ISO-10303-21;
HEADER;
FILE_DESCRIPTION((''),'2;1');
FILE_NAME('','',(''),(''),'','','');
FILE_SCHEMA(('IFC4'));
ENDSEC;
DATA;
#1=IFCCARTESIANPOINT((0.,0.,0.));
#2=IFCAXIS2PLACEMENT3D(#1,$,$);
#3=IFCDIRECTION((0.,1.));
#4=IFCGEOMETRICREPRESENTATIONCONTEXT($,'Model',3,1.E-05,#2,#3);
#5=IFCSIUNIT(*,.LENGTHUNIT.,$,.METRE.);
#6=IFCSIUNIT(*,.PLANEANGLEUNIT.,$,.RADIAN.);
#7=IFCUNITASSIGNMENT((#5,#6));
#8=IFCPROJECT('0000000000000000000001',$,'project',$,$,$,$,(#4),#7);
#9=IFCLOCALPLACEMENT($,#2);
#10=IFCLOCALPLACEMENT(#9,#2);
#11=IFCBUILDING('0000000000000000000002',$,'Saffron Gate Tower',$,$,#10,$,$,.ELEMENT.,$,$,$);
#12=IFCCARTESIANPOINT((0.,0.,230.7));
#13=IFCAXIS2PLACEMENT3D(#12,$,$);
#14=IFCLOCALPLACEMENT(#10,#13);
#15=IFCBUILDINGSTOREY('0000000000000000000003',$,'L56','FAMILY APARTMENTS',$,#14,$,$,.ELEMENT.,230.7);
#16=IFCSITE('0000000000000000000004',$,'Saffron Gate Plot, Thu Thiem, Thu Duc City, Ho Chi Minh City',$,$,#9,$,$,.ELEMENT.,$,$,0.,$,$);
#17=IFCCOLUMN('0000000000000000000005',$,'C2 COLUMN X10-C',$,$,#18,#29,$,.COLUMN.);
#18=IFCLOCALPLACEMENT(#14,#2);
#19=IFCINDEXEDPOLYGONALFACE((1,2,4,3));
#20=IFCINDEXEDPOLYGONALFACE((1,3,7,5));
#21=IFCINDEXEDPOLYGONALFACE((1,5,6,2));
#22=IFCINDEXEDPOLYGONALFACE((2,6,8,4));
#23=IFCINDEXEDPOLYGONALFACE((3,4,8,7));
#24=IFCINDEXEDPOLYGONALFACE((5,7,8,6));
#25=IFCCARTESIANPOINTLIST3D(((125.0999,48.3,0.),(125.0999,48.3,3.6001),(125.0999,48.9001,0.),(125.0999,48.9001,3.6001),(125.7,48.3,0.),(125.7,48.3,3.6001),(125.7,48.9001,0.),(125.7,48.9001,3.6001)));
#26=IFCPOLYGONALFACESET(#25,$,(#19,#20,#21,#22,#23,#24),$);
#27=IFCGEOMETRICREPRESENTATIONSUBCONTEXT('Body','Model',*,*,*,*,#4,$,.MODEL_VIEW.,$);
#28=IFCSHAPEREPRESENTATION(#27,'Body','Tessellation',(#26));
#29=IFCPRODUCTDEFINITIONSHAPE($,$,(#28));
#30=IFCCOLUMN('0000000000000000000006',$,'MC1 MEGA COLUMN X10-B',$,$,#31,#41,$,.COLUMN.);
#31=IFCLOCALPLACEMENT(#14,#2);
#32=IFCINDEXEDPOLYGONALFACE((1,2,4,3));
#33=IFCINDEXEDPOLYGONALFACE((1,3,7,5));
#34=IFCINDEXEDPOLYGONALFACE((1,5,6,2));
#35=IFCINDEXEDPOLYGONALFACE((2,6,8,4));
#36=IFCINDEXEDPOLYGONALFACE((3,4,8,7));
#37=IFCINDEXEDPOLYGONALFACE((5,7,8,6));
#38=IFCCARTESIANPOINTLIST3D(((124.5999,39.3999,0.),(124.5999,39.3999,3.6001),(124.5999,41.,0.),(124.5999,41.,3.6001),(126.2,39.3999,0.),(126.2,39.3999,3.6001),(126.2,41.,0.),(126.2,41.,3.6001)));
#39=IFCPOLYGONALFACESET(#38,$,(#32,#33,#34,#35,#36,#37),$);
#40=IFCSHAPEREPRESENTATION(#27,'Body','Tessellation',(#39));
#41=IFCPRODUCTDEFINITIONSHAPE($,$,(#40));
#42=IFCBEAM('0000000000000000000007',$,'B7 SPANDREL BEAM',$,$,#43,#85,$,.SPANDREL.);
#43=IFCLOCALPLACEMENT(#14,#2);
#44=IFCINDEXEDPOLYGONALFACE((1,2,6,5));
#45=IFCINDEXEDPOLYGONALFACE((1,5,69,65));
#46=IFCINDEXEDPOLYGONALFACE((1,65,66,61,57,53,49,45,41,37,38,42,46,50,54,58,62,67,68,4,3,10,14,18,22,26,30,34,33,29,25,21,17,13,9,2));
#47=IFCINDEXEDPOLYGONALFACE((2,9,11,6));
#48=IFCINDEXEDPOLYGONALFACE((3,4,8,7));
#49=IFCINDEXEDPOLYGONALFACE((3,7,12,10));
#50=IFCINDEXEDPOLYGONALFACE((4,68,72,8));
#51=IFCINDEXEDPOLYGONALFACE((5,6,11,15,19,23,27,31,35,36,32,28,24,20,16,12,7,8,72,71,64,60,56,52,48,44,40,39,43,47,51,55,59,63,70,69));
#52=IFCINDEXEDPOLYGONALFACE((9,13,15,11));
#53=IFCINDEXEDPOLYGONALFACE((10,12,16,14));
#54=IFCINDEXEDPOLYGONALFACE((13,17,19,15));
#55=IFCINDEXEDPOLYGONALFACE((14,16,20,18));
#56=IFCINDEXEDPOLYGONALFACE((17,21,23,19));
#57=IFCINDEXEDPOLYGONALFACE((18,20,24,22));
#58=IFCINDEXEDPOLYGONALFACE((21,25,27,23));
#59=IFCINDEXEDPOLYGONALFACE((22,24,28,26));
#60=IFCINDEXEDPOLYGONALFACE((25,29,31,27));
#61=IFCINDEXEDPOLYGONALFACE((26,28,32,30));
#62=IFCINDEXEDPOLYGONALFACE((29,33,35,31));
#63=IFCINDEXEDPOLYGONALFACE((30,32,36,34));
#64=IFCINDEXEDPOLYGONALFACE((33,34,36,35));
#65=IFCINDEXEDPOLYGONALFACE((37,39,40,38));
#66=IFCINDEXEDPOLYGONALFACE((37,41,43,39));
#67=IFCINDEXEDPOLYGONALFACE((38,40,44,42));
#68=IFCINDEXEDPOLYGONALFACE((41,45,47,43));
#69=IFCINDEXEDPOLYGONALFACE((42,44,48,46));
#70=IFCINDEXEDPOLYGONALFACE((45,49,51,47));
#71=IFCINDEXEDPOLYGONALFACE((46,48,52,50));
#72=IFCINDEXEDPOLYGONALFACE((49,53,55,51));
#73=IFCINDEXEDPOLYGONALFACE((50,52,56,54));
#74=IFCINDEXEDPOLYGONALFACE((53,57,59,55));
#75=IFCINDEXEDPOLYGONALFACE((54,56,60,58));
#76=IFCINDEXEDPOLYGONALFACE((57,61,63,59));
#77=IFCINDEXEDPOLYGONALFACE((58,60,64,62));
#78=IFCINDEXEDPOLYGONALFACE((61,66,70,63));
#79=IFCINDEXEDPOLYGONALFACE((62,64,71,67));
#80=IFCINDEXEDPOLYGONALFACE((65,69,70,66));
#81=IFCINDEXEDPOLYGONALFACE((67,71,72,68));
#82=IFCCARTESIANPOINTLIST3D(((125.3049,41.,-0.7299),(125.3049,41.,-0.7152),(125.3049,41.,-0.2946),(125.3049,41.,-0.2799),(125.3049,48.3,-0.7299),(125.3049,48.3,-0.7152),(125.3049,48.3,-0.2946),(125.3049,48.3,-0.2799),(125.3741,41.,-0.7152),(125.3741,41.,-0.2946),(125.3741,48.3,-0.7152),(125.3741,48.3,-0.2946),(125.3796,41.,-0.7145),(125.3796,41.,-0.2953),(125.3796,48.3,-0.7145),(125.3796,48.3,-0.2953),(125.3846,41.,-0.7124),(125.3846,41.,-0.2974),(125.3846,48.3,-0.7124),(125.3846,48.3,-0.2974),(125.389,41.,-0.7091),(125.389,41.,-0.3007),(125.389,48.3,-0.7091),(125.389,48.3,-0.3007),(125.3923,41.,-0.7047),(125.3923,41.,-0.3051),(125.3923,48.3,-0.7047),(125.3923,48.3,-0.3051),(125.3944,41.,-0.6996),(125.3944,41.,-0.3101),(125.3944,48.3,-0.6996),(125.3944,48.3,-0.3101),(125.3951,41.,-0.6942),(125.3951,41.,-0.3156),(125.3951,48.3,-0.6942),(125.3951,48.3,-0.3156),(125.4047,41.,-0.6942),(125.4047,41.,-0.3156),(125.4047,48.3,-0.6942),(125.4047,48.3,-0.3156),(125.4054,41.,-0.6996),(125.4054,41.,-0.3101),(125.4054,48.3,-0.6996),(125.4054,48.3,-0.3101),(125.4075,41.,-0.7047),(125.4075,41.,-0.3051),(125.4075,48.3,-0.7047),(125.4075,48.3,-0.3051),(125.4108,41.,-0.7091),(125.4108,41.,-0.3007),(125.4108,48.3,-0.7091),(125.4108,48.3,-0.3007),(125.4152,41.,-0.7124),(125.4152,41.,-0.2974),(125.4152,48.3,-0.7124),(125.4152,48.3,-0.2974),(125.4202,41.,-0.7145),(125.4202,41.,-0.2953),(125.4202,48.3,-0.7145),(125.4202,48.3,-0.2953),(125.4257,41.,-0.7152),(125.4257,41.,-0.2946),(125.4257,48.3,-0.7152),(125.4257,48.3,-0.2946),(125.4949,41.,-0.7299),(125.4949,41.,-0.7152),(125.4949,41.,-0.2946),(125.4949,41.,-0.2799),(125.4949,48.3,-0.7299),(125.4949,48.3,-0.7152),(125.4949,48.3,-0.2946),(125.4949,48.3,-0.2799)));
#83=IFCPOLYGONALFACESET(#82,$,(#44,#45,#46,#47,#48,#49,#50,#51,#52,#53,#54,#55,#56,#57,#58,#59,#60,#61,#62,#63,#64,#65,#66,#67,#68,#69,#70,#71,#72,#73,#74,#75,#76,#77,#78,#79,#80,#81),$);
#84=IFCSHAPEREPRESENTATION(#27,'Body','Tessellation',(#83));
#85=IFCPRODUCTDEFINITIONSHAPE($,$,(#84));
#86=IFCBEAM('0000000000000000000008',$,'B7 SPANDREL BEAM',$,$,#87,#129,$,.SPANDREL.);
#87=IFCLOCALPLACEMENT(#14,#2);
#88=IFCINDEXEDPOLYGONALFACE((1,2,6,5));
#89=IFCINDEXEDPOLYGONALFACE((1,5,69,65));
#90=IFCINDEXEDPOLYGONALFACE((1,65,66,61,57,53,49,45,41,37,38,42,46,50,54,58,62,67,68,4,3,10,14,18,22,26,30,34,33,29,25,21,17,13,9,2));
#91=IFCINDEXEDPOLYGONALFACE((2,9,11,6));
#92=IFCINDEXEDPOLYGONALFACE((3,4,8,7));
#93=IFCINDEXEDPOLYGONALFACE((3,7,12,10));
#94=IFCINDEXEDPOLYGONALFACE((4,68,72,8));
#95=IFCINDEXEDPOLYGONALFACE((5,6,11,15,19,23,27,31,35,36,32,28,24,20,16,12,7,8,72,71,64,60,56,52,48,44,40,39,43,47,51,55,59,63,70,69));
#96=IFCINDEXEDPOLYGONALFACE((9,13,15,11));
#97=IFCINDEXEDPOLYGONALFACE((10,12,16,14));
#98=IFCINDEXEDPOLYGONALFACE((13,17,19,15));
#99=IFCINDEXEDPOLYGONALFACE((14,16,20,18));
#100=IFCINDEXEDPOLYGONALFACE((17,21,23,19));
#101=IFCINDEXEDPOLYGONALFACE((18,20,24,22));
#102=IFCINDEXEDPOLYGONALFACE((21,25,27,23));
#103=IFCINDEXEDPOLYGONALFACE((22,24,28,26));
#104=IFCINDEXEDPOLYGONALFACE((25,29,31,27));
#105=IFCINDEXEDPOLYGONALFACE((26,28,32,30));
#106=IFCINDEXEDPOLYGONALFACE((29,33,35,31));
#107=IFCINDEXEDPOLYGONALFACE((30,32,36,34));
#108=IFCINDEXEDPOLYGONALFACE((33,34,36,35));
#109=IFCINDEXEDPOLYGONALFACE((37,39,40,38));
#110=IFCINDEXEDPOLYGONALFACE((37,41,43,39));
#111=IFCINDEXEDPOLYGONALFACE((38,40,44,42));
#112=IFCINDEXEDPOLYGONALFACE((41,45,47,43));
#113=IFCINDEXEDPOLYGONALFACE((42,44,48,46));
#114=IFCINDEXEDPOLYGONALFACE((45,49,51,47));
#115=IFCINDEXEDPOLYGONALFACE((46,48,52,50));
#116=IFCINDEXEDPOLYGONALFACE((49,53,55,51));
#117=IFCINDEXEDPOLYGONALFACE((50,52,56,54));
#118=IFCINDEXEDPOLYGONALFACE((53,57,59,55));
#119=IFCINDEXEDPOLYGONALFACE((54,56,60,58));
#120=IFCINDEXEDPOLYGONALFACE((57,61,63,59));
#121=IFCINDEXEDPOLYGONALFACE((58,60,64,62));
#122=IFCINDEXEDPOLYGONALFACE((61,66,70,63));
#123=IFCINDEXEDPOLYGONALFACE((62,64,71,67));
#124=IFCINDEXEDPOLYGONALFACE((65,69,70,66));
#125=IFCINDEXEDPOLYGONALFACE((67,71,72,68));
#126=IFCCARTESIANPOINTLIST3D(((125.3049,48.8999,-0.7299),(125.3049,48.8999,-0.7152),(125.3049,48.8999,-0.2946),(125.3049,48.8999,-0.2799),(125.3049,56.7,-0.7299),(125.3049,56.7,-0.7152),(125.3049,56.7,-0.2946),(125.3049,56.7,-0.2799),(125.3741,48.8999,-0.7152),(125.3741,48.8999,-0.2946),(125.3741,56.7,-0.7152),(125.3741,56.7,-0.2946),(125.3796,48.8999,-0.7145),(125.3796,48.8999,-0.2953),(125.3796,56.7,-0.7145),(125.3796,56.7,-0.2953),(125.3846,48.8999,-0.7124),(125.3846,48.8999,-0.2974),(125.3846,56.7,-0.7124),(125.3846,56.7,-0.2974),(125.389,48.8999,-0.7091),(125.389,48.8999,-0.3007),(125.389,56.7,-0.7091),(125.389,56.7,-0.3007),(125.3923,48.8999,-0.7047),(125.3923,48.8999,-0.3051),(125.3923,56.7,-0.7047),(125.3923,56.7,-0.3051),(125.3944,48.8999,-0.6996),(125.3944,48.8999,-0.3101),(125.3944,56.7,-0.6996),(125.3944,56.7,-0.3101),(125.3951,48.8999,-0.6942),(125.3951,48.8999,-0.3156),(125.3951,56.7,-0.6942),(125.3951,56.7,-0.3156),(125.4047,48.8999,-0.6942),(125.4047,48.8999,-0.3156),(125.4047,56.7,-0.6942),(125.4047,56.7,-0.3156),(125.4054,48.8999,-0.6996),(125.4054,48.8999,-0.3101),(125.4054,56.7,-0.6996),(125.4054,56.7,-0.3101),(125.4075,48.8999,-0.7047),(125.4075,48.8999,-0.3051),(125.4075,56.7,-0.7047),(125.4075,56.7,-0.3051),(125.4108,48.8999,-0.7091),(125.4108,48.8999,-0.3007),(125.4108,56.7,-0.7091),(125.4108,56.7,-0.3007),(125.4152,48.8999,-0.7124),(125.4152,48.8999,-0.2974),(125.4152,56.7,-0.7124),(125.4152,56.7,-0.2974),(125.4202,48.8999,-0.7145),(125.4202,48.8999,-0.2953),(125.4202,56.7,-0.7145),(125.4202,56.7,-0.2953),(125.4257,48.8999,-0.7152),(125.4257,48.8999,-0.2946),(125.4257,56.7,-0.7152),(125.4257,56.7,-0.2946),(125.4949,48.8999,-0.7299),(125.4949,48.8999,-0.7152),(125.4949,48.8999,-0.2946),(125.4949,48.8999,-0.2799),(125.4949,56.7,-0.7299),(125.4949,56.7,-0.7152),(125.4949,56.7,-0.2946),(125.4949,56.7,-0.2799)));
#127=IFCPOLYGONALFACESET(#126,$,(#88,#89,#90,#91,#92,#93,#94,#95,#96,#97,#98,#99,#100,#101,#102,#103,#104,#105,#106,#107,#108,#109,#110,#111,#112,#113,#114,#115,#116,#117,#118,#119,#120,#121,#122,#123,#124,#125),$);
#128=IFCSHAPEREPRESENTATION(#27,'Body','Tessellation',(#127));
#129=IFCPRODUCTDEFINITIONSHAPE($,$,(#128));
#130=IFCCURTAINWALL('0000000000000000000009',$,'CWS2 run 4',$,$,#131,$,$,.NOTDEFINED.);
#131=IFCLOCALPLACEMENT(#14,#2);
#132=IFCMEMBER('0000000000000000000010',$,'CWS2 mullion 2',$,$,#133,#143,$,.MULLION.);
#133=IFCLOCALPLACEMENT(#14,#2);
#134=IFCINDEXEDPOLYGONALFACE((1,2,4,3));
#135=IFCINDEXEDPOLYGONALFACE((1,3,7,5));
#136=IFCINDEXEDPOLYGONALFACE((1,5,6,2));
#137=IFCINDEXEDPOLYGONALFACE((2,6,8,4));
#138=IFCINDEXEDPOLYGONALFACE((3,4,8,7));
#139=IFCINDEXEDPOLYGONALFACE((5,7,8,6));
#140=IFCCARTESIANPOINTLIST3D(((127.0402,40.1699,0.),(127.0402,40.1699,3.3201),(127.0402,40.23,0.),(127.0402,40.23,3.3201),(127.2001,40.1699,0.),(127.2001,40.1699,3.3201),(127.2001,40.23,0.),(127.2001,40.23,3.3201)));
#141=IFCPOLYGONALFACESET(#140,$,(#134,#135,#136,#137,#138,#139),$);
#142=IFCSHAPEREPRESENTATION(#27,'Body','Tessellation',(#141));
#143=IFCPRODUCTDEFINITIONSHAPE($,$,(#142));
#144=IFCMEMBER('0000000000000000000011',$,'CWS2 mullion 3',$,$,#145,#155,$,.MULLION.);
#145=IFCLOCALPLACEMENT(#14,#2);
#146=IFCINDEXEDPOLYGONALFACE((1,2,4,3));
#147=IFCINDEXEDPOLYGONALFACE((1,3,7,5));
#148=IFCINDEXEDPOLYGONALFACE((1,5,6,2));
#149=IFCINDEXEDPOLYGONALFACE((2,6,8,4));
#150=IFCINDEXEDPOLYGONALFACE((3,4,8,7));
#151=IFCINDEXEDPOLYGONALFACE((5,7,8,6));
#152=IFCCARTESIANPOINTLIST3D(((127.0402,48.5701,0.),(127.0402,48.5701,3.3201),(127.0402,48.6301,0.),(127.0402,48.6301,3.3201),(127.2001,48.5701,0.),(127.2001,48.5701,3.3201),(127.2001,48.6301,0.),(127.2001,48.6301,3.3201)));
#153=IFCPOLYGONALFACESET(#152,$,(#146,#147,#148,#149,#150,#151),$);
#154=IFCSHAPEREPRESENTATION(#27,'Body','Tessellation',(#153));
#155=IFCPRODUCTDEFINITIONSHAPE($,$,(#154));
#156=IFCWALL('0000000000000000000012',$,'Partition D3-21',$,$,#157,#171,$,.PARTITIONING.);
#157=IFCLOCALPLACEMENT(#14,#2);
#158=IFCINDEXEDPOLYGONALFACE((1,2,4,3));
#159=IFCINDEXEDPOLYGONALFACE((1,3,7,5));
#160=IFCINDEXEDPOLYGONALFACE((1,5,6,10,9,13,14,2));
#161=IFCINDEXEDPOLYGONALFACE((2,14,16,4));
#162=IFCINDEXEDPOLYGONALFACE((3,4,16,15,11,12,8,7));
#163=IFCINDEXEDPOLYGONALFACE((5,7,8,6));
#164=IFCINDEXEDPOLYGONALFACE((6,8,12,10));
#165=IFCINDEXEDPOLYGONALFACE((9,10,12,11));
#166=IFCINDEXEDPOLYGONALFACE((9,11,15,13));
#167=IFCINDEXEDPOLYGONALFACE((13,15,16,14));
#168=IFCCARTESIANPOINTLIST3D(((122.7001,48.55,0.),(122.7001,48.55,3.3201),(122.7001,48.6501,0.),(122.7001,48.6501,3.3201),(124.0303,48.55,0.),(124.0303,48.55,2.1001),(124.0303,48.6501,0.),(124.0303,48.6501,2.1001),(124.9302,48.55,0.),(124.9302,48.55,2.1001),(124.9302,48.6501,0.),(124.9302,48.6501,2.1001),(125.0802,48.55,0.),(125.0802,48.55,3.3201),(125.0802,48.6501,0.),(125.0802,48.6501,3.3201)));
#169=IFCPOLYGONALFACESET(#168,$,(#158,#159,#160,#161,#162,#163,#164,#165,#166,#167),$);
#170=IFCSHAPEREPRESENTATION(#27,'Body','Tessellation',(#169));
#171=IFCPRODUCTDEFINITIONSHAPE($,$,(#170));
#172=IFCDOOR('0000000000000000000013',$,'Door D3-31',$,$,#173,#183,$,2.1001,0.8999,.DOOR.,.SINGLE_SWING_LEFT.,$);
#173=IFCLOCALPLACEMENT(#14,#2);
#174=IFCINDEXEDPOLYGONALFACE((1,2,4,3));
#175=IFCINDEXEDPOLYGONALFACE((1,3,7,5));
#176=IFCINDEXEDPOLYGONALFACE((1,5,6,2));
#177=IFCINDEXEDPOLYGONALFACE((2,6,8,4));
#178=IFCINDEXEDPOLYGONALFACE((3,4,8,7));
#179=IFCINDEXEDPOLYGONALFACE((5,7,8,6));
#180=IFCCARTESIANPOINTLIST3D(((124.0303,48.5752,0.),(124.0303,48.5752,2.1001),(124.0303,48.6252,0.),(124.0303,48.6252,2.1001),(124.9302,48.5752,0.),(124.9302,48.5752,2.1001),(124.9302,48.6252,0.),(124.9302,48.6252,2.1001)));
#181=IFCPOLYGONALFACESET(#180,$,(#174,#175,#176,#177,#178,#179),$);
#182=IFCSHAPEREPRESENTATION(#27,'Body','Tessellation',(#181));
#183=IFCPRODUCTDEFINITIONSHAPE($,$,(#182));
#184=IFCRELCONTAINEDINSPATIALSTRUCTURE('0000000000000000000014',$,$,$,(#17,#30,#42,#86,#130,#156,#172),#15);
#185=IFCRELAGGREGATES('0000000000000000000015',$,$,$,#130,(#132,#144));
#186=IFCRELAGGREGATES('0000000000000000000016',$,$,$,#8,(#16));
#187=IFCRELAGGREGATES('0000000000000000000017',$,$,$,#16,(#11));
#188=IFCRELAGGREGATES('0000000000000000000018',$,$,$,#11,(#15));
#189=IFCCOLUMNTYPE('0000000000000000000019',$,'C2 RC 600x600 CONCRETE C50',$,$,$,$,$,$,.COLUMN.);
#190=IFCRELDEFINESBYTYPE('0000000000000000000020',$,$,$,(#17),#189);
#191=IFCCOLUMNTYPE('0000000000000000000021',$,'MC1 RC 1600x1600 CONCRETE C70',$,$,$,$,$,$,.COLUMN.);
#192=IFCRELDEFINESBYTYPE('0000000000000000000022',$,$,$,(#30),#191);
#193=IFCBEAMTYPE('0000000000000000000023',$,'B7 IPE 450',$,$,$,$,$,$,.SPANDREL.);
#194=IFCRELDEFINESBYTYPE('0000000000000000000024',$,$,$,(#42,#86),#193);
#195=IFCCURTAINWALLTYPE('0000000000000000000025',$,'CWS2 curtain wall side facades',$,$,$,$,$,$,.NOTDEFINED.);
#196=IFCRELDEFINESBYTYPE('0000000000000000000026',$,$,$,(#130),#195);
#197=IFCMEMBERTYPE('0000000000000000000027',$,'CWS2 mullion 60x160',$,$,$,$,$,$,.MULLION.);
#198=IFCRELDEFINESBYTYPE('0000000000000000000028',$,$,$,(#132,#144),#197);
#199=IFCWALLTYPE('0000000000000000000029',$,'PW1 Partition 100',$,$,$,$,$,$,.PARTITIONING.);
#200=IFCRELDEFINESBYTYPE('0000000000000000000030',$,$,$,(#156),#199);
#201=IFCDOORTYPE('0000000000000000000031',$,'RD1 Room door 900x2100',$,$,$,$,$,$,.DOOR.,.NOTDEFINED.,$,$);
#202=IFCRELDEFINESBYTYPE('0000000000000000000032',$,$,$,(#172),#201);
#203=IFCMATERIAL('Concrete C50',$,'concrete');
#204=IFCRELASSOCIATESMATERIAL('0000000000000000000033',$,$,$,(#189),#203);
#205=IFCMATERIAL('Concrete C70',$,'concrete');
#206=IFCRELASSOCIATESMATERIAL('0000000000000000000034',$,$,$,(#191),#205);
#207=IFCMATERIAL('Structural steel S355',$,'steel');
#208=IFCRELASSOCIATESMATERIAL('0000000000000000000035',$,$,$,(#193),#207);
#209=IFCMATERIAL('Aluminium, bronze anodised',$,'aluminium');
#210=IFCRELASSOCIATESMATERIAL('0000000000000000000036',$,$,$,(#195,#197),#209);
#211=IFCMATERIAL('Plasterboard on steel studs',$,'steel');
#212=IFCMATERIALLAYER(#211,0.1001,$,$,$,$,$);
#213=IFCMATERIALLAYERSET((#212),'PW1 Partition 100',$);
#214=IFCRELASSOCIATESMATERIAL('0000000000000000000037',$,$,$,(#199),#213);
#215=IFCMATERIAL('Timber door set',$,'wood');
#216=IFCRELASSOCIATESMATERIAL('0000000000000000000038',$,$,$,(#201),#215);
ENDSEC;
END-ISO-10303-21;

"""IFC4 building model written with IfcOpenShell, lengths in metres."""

from ifc_helpers import new_model, si_unit, direction, frame, frame_2d, origin, origin_2d, place, context, subcontext, project, spatial, rectangle, i_section, extrude, material, layer, layer_set, material_profile, profile_set, type_object, element, fill, aggregate, save


model = new_model("IFC4")

# Units and contexts
model_context = context("Model", 3, precision=1e-05, world=origin(), true_north=direction((0.0, 1.0)))
body_context = subcontext(model_context, "Body", "Model", "MODEL_VIEW")
ifc_project = project(units=[si_unit("LENGTHUNIT", "METRE"), si_unit("PLANEANGLEUNIT", "RADIAN")], contexts=[model_context])

# Site, building, storey
site_placement = place(None, origin())
site = spatial("IfcSite", under=ifc_project, at=site_placement, Name="Saffron Gate Plot, Thu Thiem, Thu Duc City, Ho Chi Minh City", CompositionType="ELEMENT", RefElevation=0.0)
building_placement = place(site_placement, origin())
building = spatial("IfcBuilding", under=site, at=building_placement, Name="Saffron Gate Tower", CompositionType="ELEMENT")
storey_placement = place(building_placement, frame((0.0, 0.0, 230.7)))
storey = spatial("IfcBuildingStorey", under=building, at=storey_placement, Name="L56", Description="FAMILY APARTMENTS", CompositionType="ELEMENT", Elevation=230.7)

# Columns
ifc_material_1 = material(Name="Concrete C50", Category="concrete")
ifc_material_profile_1 = material_profile(ifc_material_1, rectangle(XDim=0.6001, YDim=0.6001, at=origin_2d()))
ifc_profile_set_1 = profile_set([ifc_material_profile_1], Name="Concrete C50")
column_type_1 = type_object("IfcColumnType", Name="C2 RC 600x600 CONCRETE C50", PredefinedType="COLUMN", material=ifc_profile_set_1)
column_1_placement = place(storey_placement, frame((125.3999, 48.6001, 0.0), z_axis=(0.0, 0.0, 1.0), x_axis=(1.0, 0.0, 0.0)))
element("IfcColumn", 1, at=column_1_placement, inside=storey, type_object=column_type_1, Name="C2 COLUMN X10-C", PredefinedType="COLUMN", context=body_context, shape_type="SweptSolid", body=[
    extrude(rectangle(XDim=0.6001, YDim=0.6001, at=origin_2d()), origin(), (0.0, 0.0, 1.0), 3.6001),
])
ifc_material_2 = material(Name="Concrete C70", Category="concrete")
ifc_material_profile_2 = material_profile(ifc_material_2, rectangle(XDim=1.6001, YDim=1.6001, at=origin_2d()))
ifc_profile_set_2 = profile_set([ifc_material_profile_2], Name="Concrete C70")
column_type_2 = type_object("IfcColumnType", Name="MC1 RC 1600x1600 CONCRETE C70", PredefinedType="COLUMN", material=ifc_profile_set_2)
column_2_placement = place(storey_placement, frame((125.3999, 40.2, 0.0), z_axis=(0.0, 0.0, 1.0), x_axis=(1.0, 0.0, 0.0)))
element("IfcColumn", 2, at=column_2_placement, inside=storey, type_object=column_type_2, Name="MC1 MEGA COLUMN X10-B", PredefinedType="COLUMN", context=body_context, shape_type="SweptSolid", body=[
    extrude(rectangle(XDim=1.6001, YDim=1.6001, at=origin_2d()), origin(), (0.0, 0.0, 1.0), 3.6001),
])

# Beams
ifc_material_3 = material(Name="Structural steel S355", Category="steel")
ifc_material_profile_3 = material_profile(ifc_material_3, i_section(OverallWidth=0.1899, OverallDepth=0.45, WebThickness=0.0095, FlangeThickness=0.0146, FilletRadius=0.021, at=origin_2d()))
ifc_profile_set_3 = profile_set([ifc_material_profile_3], Name="Structural steel S355")
beam_type = type_object("IfcBeamType", Name="B7 IPE 450", PredefinedType="SPANDREL", material=ifc_profile_set_3)
beam_1_placement = place(storey_placement, frame((125.3999, 41.0, -0.5049), z_axis=(0.0, 1.0, 0.0), x_axis=(-1.0, 0.0, 0.0)))
element("IfcBeam", 3, at=beam_1_placement, inside=storey, type_object=beam_type, Name="B7 SPANDREL BEAM", PredefinedType="SPANDREL", context=body_context, shape_type="SweptSolid", body=[
    extrude(i_section(OverallWidth=0.1899, OverallDepth=0.45, WebThickness=0.0095, FlangeThickness=0.0146, FilletRadius=0.021, at=origin_2d()), origin(), (0.0, 0.0, 1.0), 7.3),
])
beam_2_placement = place(storey_placement, frame((125.3999, 48.8999, -0.5049), z_axis=(0.0, 1.0, 0.0), x_axis=(-1.0, 0.0, 0.0)))
element("IfcBeam", 4, at=beam_2_placement, inside=storey, type_object=beam_type, Name="B7 SPANDREL BEAM", PredefinedType="SPANDREL", context=body_context, shape_type="SweptSolid", body=[
    extrude(i_section(OverallWidth=0.1899, OverallDepth=0.45, WebThickness=0.0095, FlangeThickness=0.0146, FilletRadius=0.021, at=origin_2d()), origin(), (0.0, 0.0, 1.0), 7.8),
])

# Curtain wall, members
ifc_material_4 = material(Name="Aluminium, bronze anodised", Category="aluminium")
curtain_wall_type = type_object("IfcCurtainWallType", Name="CWS2 curtain wall side facades", PredefinedType="NOTDEFINED", material=ifc_material_4)
curtain_wall_placement = place(storey_placement, origin())
curtain_wall = element("IfcCurtainWall", 5, at=curtain_wall_placement, inside=storey, type_object=curtain_wall_type, Name="CWS2 run 4", PredefinedType="NOTDEFINED")
ifc_material_profile_4 = material_profile(ifc_material_4, rectangle(XDim=0.1599, YDim=0.0601, at=origin_2d()))
ifc_profile_set_4 = profile_set([ifc_material_profile_4], Name="Aluminium, bronze anodised")
member_type = type_object("IfcMemberType", Name="CWS2 mullion 60x160", PredefinedType="MULLION", material=ifc_profile_set_4)
member_1_placement = place(storey_placement, frame((127.1201, 40.2, 0.0), z_axis=(0.0, 0.0, 1.0), x_axis=(-1.0, 0.0, 0.0)))
member_1 = element("IfcMember", 6, at=member_1_placement, type_object=member_type, Name="CWS2 mullion 2", PredefinedType="MULLION", context=body_context, shape_type="SweptSolid", body=[
    extrude(rectangle(XDim=0.1599, YDim=0.0601, at=origin_2d()), origin(), (0.0, 0.0, 1.0), 3.3201),
])
member_2_placement = place(storey_placement, frame((127.1201, 48.6001, 0.0), z_axis=(0.0, 0.0, 1.0), x_axis=(-1.0, 0.0, 0.0)))
member_2 = element("IfcMember", 7, at=member_2_placement, type_object=member_type, Name="CWS2 mullion 3", PredefinedType="MULLION", context=body_context, shape_type="SweptSolid", body=[
    extrude(rectangle(XDim=0.1599, YDim=0.0601, at=origin_2d()), origin(), (0.0, 0.0, 1.0), 3.3201),
])
aggregate(curtain_wall, [member_1, member_2])

# Wall, opening, door
ifc_material_5 = material(Name="Plasterboard on steel studs", Category="steel")
ifc_layer_1 = layer(ifc_material_5, 0.1001)
ifc_layer_set_1 = layer_set([ifc_layer_1], Name="PW1 Partition 100")
wall_type_1 = type_object("IfcWallType", Name="PW1 Partition 100", PredefinedType="PARTITIONING", material=ifc_layer_set_1)
wall_1_placement = place(storey_placement, frame((125.0801, 48.6001, 0.0), z_axis=(0.0, 0.0, 1.0), x_axis=(-1.0, 0.0, 0.0)))
wall_1 = element("IfcWall", 8, at=wall_1_placement, inside=storey, type_object=wall_type_1, Name="Partition D3-21", PredefinedType="PARTITIONING", context=body_context, shape_type="SweptSolid", body=[
    extrude(rectangle(XDim=2.3801, YDim=0.1001, at=frame_2d((1.1899, 0.0))), origin(), (0.0, 0.0, 1.0), 3.3201),
])
opening_1_placement = place(wall_1_placement, frame((0.1499, 0.0, 0.0)))
opening_1 = element("IfcOpeningElement", 9, at=opening_1_placement, cuts=wall_1, PredefinedType="OPENING", context=body_context, shape_type="SweptSolid", body=[
    extrude(rectangle(XDim=0.8999, YDim=2.1001, at=frame_2d((0.45, 1.05))), frame((0.0, 0.0601, 0.0), z_axis=(0.0, -1.0, 0.0), x_axis=(1.0, 0.0, 0.0)), (0.0, 0.0, 1.0), 0.1201),
])
ifc_material_6 = material(Name="Timber door set", Category="wood")
door_type_1 = type_object("IfcDoorType", Name="RD1 Room door 900x2100", OperationType="NOTDEFINED", PredefinedType="DOOR", material=ifc_material_6)
door_1_placement = place(opening_1_placement, origin())
door_1 = element("IfcDoor", 10, at=door_1_placement, inside=storey, type_object=door_type_1, Name="Door D3-31", OperationType="SINGLE_SWING_LEFT", OverallHeight=2.1001, OverallWidth=0.8999, PredefinedType="DOOR", context=body_context, shape_type="SweptSolid", body=[
    extrude(rectangle(XDim=0.8999, YDim=2.1001, at=frame_2d((0.45, 1.05))), frame((0.0, 0.0249, 0.0), z_axis=(0.0, -1.0, 0.0), x_axis=(1.0, 0.0, 0.0)), (0.0, 0.0, 1.0), 0.05),
])
fill(opening_1, door_1)

save(model, "model.ifc")
